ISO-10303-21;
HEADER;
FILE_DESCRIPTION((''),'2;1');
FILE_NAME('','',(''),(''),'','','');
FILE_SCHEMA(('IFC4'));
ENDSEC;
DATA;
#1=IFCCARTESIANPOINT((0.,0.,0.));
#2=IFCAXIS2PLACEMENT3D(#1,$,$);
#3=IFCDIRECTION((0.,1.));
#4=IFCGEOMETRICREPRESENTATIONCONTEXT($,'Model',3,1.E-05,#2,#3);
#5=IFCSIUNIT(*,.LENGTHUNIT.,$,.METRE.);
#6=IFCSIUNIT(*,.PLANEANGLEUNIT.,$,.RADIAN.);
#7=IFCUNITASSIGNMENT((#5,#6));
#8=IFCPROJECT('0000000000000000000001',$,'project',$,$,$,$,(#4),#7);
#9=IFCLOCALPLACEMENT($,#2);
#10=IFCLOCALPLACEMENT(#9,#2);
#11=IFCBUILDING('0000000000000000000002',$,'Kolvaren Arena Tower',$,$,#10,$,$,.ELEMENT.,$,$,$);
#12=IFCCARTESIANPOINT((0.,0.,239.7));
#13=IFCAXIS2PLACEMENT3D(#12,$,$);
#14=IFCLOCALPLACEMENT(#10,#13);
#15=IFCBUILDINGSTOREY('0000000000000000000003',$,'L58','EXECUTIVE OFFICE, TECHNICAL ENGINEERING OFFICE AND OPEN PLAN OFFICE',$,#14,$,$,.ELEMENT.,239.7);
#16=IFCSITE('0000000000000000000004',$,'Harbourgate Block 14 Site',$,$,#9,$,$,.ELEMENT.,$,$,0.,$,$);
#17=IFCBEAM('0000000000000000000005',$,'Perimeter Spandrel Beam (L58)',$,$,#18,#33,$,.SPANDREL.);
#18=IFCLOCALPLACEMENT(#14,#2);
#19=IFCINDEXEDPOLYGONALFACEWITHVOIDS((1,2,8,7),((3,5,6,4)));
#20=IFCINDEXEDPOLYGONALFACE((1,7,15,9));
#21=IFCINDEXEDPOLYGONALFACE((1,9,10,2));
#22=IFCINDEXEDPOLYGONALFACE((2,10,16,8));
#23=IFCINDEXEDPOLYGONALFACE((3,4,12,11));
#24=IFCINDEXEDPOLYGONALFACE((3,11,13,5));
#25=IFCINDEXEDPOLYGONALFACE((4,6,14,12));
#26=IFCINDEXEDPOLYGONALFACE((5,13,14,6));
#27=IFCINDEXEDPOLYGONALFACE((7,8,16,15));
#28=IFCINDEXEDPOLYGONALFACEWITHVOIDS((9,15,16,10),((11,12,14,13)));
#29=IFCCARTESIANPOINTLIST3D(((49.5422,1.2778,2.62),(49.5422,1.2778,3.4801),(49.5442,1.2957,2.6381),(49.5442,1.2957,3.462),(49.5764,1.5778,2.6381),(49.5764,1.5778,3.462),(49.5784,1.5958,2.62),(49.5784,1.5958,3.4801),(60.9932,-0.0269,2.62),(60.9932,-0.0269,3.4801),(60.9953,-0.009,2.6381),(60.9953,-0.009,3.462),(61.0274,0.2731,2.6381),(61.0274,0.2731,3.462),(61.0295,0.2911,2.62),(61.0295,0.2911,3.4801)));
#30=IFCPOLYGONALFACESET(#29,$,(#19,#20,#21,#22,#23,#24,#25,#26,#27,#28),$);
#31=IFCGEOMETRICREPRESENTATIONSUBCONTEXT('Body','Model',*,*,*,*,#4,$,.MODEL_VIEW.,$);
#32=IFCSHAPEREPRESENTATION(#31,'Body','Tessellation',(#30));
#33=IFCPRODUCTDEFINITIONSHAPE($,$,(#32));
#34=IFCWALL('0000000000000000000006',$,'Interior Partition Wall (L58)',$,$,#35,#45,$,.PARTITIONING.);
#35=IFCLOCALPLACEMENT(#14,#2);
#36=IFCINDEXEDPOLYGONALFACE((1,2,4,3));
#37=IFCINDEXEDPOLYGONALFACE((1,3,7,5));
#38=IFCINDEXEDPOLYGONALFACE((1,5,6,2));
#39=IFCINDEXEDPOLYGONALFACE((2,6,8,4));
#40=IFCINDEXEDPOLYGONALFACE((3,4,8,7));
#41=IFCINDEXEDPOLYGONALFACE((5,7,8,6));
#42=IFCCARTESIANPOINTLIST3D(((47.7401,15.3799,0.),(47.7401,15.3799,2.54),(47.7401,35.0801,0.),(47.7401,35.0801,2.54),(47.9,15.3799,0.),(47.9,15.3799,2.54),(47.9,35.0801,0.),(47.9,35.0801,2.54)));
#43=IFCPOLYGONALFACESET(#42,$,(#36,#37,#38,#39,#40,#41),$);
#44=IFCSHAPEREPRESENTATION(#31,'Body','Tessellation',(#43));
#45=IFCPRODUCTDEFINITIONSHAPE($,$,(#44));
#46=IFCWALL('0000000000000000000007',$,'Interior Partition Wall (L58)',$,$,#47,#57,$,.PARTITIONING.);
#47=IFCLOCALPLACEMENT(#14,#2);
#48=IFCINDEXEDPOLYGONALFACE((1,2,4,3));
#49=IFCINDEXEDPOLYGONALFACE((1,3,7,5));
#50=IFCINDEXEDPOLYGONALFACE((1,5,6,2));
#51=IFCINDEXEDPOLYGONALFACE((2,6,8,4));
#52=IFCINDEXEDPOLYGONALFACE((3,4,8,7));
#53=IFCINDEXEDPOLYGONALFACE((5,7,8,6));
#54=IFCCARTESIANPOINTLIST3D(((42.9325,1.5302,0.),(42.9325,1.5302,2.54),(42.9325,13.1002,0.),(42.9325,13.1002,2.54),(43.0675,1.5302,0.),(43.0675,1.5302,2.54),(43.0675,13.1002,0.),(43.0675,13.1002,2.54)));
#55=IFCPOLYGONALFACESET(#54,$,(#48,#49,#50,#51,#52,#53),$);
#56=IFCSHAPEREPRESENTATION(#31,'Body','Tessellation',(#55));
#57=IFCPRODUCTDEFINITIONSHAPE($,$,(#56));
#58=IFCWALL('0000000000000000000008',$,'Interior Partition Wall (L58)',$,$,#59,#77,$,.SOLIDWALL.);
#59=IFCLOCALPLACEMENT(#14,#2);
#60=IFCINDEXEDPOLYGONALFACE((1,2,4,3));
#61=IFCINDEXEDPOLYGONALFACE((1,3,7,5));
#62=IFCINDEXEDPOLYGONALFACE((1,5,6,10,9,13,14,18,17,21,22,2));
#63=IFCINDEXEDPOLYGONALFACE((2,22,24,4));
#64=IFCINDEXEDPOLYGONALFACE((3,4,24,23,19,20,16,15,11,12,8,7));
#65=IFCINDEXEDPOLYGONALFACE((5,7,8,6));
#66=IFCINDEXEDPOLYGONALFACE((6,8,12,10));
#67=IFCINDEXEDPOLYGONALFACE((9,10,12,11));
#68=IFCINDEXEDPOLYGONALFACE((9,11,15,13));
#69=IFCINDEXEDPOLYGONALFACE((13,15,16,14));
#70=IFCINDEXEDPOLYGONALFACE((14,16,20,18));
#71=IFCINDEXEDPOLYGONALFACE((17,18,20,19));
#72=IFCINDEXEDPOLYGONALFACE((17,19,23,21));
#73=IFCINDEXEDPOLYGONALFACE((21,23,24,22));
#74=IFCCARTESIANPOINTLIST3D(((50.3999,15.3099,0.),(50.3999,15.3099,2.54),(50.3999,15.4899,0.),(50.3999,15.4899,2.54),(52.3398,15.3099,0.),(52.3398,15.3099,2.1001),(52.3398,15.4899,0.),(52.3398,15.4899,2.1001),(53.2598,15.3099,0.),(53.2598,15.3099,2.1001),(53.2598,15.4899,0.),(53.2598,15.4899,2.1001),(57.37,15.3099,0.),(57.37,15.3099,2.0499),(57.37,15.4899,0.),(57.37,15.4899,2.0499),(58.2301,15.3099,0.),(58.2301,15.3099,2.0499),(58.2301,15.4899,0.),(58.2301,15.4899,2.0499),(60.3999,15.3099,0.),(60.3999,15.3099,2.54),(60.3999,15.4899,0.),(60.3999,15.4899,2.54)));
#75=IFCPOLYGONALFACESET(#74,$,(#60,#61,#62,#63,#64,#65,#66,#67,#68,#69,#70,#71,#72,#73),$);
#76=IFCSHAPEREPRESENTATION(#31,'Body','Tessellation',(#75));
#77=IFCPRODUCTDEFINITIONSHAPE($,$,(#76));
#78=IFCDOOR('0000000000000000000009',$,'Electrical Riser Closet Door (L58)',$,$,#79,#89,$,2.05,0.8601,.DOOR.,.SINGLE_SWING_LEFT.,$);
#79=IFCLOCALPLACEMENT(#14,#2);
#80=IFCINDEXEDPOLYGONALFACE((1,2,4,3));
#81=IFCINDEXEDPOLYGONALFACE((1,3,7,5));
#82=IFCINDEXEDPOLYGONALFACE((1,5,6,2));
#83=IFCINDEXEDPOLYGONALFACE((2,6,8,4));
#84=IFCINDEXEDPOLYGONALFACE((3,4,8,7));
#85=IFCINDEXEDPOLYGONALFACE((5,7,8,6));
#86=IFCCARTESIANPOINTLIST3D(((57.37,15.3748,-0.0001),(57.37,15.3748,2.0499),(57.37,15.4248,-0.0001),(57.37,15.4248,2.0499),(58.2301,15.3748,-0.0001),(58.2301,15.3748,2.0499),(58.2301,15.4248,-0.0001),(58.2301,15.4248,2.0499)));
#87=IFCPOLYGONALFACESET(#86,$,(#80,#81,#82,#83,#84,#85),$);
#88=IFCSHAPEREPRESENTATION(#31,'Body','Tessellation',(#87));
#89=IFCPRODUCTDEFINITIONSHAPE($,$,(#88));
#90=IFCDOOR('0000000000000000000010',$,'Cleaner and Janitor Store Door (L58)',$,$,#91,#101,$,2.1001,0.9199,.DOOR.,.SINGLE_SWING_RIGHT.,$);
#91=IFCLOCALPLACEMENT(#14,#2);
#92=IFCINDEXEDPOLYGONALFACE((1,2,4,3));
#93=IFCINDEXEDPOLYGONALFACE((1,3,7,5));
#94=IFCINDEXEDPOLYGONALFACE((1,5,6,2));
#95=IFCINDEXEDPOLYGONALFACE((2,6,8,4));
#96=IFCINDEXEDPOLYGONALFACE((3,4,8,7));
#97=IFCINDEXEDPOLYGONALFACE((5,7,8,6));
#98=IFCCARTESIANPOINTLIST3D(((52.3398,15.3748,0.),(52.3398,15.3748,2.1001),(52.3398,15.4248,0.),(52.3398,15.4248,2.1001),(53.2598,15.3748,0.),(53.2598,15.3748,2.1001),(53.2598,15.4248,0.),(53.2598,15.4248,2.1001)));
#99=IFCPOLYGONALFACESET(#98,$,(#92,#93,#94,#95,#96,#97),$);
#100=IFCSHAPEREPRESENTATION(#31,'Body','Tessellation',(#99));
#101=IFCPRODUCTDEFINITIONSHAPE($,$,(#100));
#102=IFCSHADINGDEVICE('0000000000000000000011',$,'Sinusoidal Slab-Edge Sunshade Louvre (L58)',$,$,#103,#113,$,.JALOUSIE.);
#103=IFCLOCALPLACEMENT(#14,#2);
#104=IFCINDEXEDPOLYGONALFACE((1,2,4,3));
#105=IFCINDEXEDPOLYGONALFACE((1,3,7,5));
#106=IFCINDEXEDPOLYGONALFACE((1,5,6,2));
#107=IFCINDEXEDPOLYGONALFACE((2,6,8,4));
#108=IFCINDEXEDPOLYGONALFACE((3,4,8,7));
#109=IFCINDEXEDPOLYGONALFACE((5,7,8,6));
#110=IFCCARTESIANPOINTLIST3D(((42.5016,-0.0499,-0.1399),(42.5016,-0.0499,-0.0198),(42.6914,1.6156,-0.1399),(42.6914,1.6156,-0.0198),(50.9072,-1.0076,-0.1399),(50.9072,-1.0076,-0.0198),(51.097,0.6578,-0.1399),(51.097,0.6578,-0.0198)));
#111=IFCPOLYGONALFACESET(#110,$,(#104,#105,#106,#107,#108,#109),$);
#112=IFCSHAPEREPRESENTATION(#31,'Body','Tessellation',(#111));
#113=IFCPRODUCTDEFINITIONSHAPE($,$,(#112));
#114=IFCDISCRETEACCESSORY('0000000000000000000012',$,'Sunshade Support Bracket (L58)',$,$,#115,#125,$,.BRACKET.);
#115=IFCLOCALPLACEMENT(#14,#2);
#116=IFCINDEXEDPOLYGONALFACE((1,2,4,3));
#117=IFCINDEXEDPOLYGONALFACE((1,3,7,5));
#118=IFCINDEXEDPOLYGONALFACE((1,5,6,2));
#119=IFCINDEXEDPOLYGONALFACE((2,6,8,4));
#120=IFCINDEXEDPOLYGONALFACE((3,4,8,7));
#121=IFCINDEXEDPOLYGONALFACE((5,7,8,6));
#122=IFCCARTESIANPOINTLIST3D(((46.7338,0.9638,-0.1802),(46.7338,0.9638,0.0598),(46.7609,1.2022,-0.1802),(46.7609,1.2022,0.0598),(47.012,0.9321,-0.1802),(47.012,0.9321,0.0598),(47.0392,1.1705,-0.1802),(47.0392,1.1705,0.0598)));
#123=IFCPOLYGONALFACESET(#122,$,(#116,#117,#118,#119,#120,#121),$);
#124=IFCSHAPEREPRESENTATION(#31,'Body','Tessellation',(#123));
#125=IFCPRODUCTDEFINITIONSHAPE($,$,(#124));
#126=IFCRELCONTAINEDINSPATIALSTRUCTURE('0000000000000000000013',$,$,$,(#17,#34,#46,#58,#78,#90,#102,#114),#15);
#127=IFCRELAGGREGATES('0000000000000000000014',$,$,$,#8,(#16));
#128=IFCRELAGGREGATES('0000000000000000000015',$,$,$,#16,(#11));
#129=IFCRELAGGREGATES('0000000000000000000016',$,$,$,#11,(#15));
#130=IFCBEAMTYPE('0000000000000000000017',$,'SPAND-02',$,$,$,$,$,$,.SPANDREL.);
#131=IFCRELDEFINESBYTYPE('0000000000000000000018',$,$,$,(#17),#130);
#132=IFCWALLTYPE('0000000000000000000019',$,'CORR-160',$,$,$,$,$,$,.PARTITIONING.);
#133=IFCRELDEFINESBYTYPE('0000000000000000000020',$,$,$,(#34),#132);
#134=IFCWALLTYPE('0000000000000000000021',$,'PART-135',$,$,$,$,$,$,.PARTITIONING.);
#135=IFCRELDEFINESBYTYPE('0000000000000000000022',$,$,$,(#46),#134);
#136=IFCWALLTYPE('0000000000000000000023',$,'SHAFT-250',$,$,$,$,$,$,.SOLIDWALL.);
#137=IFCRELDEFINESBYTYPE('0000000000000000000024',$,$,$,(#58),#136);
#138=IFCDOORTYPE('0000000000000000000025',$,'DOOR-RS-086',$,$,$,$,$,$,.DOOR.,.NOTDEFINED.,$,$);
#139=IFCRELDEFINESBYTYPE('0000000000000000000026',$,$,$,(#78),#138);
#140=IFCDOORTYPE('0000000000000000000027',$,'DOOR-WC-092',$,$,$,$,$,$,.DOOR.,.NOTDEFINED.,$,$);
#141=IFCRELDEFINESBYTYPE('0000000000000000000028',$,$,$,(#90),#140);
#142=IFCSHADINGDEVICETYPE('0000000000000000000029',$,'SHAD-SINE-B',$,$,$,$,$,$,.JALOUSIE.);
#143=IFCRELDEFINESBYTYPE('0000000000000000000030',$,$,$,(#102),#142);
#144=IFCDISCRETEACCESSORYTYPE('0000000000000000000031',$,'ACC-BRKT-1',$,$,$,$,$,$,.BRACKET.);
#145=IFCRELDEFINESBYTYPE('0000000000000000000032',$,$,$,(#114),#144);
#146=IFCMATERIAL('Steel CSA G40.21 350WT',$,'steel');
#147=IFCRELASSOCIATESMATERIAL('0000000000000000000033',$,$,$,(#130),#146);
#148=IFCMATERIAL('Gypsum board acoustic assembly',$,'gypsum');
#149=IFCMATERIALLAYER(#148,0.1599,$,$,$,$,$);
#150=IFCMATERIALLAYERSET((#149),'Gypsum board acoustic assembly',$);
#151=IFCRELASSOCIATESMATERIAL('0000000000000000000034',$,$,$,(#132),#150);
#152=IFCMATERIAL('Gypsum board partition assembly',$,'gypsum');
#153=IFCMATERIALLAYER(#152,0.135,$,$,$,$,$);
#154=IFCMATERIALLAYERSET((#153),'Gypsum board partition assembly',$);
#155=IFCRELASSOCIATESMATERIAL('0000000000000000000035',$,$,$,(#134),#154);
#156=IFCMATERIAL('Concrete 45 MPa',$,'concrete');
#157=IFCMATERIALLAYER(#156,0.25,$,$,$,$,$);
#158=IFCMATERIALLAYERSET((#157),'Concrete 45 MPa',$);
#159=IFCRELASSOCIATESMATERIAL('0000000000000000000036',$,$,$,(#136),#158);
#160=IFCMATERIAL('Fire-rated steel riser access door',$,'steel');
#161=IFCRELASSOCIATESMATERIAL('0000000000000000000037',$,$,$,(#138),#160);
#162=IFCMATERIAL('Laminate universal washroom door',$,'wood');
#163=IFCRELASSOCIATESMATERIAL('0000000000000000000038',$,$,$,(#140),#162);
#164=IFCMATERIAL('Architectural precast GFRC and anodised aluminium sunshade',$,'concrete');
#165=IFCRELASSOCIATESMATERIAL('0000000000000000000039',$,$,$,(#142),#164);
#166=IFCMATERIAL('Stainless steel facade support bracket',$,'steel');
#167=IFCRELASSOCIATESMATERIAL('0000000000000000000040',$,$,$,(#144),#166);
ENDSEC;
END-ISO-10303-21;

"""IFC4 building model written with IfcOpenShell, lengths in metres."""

from ifc_helpers import new_model, si_unit, direction, frame, frame_2d, origin, origin_2d, place, context, subcontext, project, spatial, rectangle, hollow_rectangle, extrude, material, layer, layer_set, material_profile, profile_set, type_object, element, fill, save


model = new_model("IFC4")

# Units and contexts
model_context = context("Model", 3, precision=1e-05, world=origin(), true_north=direction((0.0, 1.0)))
body_context = subcontext(model_context, "Body", "Model", "MODEL_VIEW")
ifc_project = project(units=[si_unit("LENGTHUNIT", "METRE"), si_unit("PLANEANGLEUNIT", "RADIAN")], contexts=[model_context])

# Site, building, storey
site_placement = place(None, origin())
site = spatial("IfcSite", under=ifc_project, at=site_placement, Name="Harbourgate Block 14 Site", CompositionType="ELEMENT", RefElevation=0.0)
building_placement = place(site_placement, origin())
building = spatial("IfcBuilding", under=site, at=building_placement, Name="Kolvaren Arena Tower", CompositionType="ELEMENT")
storey_placement = place(building_placement, frame((0.0, 0.0, 239.7)))
storey = spatial("IfcBuildingStorey", under=building, at=storey_placement, Name="L58", Description="EXECUTIVE OFFICE, TECHNICAL ENGINEERING OFFICE AND OPEN PLAN OFFICE", CompositionType="ELEMENT", Elevation=239.7)

# Beam
ifc_material_1 = material(Name="Steel CSA G40.21 350WT", Category="steel")
ifc_material_profile_1 = material_profile(ifc_material_1, hollow_rectangle(XDim=0.3201, YDim=0.8601, WallThickness=0.0181, at=origin_2d()), Name="HSS 860x320x18")
ifc_profile_set_1 = profile_set([ifc_material_profile_1], Name="Steel CSA G40.21 350WT")
beam_type_1 = type_object("IfcBeamType", Name="SPAND-02", PredefinedType="SPANDREL", material=ifc_profile_set_1)
beam_1_placement = place(storey_placement, frame((49.5603, 1.4368, 3.05), z_axis=(0.993572, -0.113202, 0.0), x_axis=(0.113202, 0.993572, 0.0)))
element("IfcBeam", 1, at=beam_1_placement, inside=storey, type_object=beam_type_1, Name="Perimeter Spandrel Beam (L58)", PredefinedType="SPANDREL", context=body_context, shape_type="SweptSolid", body=[
    extrude(hollow_rectangle(XDim=0.3201, YDim=0.8601, WallThickness=0.0181, at=origin_2d()), origin(), (0.0, 0.0, 1.0), 11.5251),
])

# Walls
ifc_material_2 = material(Name="Gypsum board acoustic assembly", Category="gypsum")
ifc_layer_1 = layer(ifc_material_2, 0.1599)
ifc_layer_set_1 = layer_set([ifc_layer_1], Name="Gypsum board acoustic assembly")
wall_type_1 = type_object("IfcWallType", Name="CORR-160", PredefinedType="PARTITIONING", material=ifc_layer_set_1)
wall_1_placement = place(storey_placement, frame((47.8201, 15.3799, 0.0), z_axis=(0.0, 0.0, 1.0), x_axis=(0.0, 1.0, 0.0)))
element("IfcWall", 2, at=wall_1_placement, inside=storey, type_object=wall_type_1, Name="Interior Partition Wall (L58)", PredefinedType="PARTITIONING", context=body_context, shape_type="SweptSolid", body=[
    extrude(rectangle(XDim=19.7002, YDim=0.1599, at=frame_2d((9.8501, 0.0))), origin(), (0.0, 0.0, 1.0), 2.54),
])
ifc_material_3 = material(Name="Gypsum board partition assembly", Category="gypsum")
ifc_layer_2 = layer(ifc_material_3, 0.135)
ifc_layer_set_2 = layer_set([ifc_layer_2], Name="Gypsum board partition assembly")
wall_type_2 = type_object("IfcWallType", Name="PART-135", PredefinedType="PARTITIONING", material=ifc_layer_set_2)
wall_2_placement = place(storey_placement, frame((43.0, 1.53, 0.0), z_axis=(0.0, 0.0, 1.0), x_axis=(0.0, 1.0, 0.0)))
element("IfcWall", 3, at=wall_2_placement, inside=storey, type_object=wall_type_2, Name="Interior Partition Wall (L58)", PredefinedType="PARTITIONING", context=body_context, shape_type="SweptSolid", body=[
    extrude(rectangle(XDim=11.5701, YDim=0.135, at=frame_2d((5.7852, 0.0))), origin(), (0.0, 0.0, 1.0), 2.54),
])

# Wall, openings, doors
ifc_material_4 = material(Name="Concrete 45 MPa", Category="concrete")
ifc_layer_3 = layer(ifc_material_4, 0.25)
ifc_layer_set_3 = layer_set([ifc_layer_3], Name="Concrete 45 MPa")
wall_type_3 = type_object("IfcWallType", Name="SHAFT-250", PredefinedType="SOLIDWALL", material=ifc_layer_set_3)
wall_3_placement = place(storey_placement, frame((50.3999, 15.3999, 0.0), z_axis=(0.0, 0.0, 1.0), x_axis=(1.0, 0.0, 0.0)))
wall_3 = element("IfcWall", 4, at=wall_3_placement, inside=storey, type_object=wall_type_3, Name="Interior Partition Wall (L58)", PredefinedType="SOLIDWALL", context=body_context, shape_type="SweptSolid", body=[
    extrude(rectangle(XDim=10.0, YDim=0.1799, at=frame_2d((5.0, 0.0))), origin(), (0.0, 0.0, 1.0), 2.54),
])
opening_1_placement = place(wall_3_placement, frame((1.9399, 0.0, 0.0)))
opening_1 = element("IfcOpeningElement", 5, at=opening_1_placement, cuts=wall_3, PredefinedType="OPENING", context=body_context, shape_type="SweptSolid", body=[
    extrude(rectangle(XDim=0.9199, YDim=2.1001, at=frame_2d((0.46, 1.05))), frame((0.0, 0.0999, 0.0), z_axis=(0.0, -1.0, 0.0), x_axis=(1.0, 0.0, 0.0)), (0.0, 0.0, 1.0), 0.2),
])
opening_2_placement = place(wall_3_placement, frame((6.97, 0.0, 0.0)))
opening_2 = element("IfcOpeningElement", 6, at=opening_2_placement, cuts=wall_3, PredefinedType="OPENING", context=body_context, shape_type="SweptSolid", body=[
    extrude(rectangle(XDim=0.8601, YDim=2.05, at=frame_2d((0.4302, 1.0249))), frame((0.0, 0.0999, 0.0), z_axis=(0.0, -1.0, 0.0), x_axis=(1.0, 0.0, 0.0)), (0.0, 0.0, 1.0), 0.2),
])
ifc_material_5 = material(Name="Fire-rated steel riser access door", Category="steel")
door_type_1 = type_object("IfcDoorType", Name="DOOR-RS-086", OperationType="NOTDEFINED", PredefinedType="DOOR", material=ifc_material_5)
door_1_placement = place(opening_2_placement, origin())
door_1 = element("IfcDoor", 7, at=door_1_placement, inside=storey, type_object=door_type_1, Name="Electrical Riser Closet Door (L58)", OperationType="SINGLE_SWING_LEFT", OverallHeight=2.05, OverallWidth=0.8601, PredefinedType="DOOR", context=body_context, shape_type="SweptSolid", body=[
    extrude(rectangle(XDim=0.8601, YDim=2.05, at=frame_2d((0.4302, 1.0249))), frame((0.0, 0.0249, 0.0), z_axis=(0.0, -1.0, 0.0), x_axis=(1.0, 0.0, 0.0)), (0.0, 0.0, 1.0), 0.05),
])
fill(opening_2, door_1)
ifc_material_6 = material(Name="Laminate universal washroom door", Category="wood")
door_type_2 = type_object("IfcDoorType", Name="DOOR-WC-092", OperationType="NOTDEFINED", PredefinedType="DOOR", material=ifc_material_6)
door_2_placement = place(opening_1_placement, origin())
door_2 = element("IfcDoor", 8, at=door_2_placement, inside=storey, type_object=door_type_2, Name="Cleaner and Janitor Store Door (L58)", OperationType="SINGLE_SWING_RIGHT", OverallHeight=2.1001, OverallWidth=0.9199, PredefinedType="DOOR", context=body_context, shape_type="SweptSolid", body=[
    extrude(rectangle(XDim=0.9199, YDim=2.1001, at=frame_2d((0.46, 1.05))), frame((0.0, 0.0249, 0.0), z_axis=(0.0, -1.0, 0.0), x_axis=(1.0, 0.0, 0.0)), (0.0, 0.0, 1.0), 0.05),
])
fill(opening_1, door_2)

# Shading device
ifc_material_7 = material(Name="Architectural precast GFRC and anodised aluminium sunshade", Category="concrete")
shading_device_type = type_object("IfcShadingDeviceType", Name="SHAD-SINE-B", PredefinedType="JALOUSIE", material=ifc_material_7)
shading_device_placement = place(storey_placement, frame((46.7993, 0.304, -0.1399), z_axis=(0.0, 0.0, 1.0), x_axis=(-0.993572, 0.113205, 0.0)))
element("IfcShadingDevice", 9, at=shading_device_placement, inside=storey, type_object=shading_device_type, Name="Sinusoidal Slab-Edge Sunshade Louvre (L58)", PredefinedType="JALOUSIE", context=body_context, shape_type="SweptSolid", body=[
    extrude(rectangle(XDim=8.46, YDim=1.6763, at=origin_2d()), origin(), (0.0, 0.0, 1.0), 0.1201),
])

# Discrete accessory
ifc_material_8 = material(Name="Stainless steel facade support bracket", Category="steel")
discrete_accessory_type = type_object("IfcDiscreteAccessoryType", Name="ACC-BRKT-1", PredefinedType="BRACKET", material=ifc_material_8)
discrete_accessory_placement = place(storey_placement, frame((46.8865, 1.0671, -0.1802), z_axis=(0.0, 0.0, 1.0), x_axis=(-0.993572, 0.113205, 0.0)))
element("IfcDiscreteAccessory", 10, at=discrete_accessory_placement, inside=storey, type_object=discrete_accessory_type, Name="Sunshade Support Bracket (L58)", PredefinedType="BRACKET", context=body_context, shape_type="SweptSolid", body=[
    extrude(rectangle(XDim=0.28, YDim=0.24, at=origin_2d()), origin(), (0.0, 0.0, 1.0), 0.24),
])

save(model, "model.ifc")
